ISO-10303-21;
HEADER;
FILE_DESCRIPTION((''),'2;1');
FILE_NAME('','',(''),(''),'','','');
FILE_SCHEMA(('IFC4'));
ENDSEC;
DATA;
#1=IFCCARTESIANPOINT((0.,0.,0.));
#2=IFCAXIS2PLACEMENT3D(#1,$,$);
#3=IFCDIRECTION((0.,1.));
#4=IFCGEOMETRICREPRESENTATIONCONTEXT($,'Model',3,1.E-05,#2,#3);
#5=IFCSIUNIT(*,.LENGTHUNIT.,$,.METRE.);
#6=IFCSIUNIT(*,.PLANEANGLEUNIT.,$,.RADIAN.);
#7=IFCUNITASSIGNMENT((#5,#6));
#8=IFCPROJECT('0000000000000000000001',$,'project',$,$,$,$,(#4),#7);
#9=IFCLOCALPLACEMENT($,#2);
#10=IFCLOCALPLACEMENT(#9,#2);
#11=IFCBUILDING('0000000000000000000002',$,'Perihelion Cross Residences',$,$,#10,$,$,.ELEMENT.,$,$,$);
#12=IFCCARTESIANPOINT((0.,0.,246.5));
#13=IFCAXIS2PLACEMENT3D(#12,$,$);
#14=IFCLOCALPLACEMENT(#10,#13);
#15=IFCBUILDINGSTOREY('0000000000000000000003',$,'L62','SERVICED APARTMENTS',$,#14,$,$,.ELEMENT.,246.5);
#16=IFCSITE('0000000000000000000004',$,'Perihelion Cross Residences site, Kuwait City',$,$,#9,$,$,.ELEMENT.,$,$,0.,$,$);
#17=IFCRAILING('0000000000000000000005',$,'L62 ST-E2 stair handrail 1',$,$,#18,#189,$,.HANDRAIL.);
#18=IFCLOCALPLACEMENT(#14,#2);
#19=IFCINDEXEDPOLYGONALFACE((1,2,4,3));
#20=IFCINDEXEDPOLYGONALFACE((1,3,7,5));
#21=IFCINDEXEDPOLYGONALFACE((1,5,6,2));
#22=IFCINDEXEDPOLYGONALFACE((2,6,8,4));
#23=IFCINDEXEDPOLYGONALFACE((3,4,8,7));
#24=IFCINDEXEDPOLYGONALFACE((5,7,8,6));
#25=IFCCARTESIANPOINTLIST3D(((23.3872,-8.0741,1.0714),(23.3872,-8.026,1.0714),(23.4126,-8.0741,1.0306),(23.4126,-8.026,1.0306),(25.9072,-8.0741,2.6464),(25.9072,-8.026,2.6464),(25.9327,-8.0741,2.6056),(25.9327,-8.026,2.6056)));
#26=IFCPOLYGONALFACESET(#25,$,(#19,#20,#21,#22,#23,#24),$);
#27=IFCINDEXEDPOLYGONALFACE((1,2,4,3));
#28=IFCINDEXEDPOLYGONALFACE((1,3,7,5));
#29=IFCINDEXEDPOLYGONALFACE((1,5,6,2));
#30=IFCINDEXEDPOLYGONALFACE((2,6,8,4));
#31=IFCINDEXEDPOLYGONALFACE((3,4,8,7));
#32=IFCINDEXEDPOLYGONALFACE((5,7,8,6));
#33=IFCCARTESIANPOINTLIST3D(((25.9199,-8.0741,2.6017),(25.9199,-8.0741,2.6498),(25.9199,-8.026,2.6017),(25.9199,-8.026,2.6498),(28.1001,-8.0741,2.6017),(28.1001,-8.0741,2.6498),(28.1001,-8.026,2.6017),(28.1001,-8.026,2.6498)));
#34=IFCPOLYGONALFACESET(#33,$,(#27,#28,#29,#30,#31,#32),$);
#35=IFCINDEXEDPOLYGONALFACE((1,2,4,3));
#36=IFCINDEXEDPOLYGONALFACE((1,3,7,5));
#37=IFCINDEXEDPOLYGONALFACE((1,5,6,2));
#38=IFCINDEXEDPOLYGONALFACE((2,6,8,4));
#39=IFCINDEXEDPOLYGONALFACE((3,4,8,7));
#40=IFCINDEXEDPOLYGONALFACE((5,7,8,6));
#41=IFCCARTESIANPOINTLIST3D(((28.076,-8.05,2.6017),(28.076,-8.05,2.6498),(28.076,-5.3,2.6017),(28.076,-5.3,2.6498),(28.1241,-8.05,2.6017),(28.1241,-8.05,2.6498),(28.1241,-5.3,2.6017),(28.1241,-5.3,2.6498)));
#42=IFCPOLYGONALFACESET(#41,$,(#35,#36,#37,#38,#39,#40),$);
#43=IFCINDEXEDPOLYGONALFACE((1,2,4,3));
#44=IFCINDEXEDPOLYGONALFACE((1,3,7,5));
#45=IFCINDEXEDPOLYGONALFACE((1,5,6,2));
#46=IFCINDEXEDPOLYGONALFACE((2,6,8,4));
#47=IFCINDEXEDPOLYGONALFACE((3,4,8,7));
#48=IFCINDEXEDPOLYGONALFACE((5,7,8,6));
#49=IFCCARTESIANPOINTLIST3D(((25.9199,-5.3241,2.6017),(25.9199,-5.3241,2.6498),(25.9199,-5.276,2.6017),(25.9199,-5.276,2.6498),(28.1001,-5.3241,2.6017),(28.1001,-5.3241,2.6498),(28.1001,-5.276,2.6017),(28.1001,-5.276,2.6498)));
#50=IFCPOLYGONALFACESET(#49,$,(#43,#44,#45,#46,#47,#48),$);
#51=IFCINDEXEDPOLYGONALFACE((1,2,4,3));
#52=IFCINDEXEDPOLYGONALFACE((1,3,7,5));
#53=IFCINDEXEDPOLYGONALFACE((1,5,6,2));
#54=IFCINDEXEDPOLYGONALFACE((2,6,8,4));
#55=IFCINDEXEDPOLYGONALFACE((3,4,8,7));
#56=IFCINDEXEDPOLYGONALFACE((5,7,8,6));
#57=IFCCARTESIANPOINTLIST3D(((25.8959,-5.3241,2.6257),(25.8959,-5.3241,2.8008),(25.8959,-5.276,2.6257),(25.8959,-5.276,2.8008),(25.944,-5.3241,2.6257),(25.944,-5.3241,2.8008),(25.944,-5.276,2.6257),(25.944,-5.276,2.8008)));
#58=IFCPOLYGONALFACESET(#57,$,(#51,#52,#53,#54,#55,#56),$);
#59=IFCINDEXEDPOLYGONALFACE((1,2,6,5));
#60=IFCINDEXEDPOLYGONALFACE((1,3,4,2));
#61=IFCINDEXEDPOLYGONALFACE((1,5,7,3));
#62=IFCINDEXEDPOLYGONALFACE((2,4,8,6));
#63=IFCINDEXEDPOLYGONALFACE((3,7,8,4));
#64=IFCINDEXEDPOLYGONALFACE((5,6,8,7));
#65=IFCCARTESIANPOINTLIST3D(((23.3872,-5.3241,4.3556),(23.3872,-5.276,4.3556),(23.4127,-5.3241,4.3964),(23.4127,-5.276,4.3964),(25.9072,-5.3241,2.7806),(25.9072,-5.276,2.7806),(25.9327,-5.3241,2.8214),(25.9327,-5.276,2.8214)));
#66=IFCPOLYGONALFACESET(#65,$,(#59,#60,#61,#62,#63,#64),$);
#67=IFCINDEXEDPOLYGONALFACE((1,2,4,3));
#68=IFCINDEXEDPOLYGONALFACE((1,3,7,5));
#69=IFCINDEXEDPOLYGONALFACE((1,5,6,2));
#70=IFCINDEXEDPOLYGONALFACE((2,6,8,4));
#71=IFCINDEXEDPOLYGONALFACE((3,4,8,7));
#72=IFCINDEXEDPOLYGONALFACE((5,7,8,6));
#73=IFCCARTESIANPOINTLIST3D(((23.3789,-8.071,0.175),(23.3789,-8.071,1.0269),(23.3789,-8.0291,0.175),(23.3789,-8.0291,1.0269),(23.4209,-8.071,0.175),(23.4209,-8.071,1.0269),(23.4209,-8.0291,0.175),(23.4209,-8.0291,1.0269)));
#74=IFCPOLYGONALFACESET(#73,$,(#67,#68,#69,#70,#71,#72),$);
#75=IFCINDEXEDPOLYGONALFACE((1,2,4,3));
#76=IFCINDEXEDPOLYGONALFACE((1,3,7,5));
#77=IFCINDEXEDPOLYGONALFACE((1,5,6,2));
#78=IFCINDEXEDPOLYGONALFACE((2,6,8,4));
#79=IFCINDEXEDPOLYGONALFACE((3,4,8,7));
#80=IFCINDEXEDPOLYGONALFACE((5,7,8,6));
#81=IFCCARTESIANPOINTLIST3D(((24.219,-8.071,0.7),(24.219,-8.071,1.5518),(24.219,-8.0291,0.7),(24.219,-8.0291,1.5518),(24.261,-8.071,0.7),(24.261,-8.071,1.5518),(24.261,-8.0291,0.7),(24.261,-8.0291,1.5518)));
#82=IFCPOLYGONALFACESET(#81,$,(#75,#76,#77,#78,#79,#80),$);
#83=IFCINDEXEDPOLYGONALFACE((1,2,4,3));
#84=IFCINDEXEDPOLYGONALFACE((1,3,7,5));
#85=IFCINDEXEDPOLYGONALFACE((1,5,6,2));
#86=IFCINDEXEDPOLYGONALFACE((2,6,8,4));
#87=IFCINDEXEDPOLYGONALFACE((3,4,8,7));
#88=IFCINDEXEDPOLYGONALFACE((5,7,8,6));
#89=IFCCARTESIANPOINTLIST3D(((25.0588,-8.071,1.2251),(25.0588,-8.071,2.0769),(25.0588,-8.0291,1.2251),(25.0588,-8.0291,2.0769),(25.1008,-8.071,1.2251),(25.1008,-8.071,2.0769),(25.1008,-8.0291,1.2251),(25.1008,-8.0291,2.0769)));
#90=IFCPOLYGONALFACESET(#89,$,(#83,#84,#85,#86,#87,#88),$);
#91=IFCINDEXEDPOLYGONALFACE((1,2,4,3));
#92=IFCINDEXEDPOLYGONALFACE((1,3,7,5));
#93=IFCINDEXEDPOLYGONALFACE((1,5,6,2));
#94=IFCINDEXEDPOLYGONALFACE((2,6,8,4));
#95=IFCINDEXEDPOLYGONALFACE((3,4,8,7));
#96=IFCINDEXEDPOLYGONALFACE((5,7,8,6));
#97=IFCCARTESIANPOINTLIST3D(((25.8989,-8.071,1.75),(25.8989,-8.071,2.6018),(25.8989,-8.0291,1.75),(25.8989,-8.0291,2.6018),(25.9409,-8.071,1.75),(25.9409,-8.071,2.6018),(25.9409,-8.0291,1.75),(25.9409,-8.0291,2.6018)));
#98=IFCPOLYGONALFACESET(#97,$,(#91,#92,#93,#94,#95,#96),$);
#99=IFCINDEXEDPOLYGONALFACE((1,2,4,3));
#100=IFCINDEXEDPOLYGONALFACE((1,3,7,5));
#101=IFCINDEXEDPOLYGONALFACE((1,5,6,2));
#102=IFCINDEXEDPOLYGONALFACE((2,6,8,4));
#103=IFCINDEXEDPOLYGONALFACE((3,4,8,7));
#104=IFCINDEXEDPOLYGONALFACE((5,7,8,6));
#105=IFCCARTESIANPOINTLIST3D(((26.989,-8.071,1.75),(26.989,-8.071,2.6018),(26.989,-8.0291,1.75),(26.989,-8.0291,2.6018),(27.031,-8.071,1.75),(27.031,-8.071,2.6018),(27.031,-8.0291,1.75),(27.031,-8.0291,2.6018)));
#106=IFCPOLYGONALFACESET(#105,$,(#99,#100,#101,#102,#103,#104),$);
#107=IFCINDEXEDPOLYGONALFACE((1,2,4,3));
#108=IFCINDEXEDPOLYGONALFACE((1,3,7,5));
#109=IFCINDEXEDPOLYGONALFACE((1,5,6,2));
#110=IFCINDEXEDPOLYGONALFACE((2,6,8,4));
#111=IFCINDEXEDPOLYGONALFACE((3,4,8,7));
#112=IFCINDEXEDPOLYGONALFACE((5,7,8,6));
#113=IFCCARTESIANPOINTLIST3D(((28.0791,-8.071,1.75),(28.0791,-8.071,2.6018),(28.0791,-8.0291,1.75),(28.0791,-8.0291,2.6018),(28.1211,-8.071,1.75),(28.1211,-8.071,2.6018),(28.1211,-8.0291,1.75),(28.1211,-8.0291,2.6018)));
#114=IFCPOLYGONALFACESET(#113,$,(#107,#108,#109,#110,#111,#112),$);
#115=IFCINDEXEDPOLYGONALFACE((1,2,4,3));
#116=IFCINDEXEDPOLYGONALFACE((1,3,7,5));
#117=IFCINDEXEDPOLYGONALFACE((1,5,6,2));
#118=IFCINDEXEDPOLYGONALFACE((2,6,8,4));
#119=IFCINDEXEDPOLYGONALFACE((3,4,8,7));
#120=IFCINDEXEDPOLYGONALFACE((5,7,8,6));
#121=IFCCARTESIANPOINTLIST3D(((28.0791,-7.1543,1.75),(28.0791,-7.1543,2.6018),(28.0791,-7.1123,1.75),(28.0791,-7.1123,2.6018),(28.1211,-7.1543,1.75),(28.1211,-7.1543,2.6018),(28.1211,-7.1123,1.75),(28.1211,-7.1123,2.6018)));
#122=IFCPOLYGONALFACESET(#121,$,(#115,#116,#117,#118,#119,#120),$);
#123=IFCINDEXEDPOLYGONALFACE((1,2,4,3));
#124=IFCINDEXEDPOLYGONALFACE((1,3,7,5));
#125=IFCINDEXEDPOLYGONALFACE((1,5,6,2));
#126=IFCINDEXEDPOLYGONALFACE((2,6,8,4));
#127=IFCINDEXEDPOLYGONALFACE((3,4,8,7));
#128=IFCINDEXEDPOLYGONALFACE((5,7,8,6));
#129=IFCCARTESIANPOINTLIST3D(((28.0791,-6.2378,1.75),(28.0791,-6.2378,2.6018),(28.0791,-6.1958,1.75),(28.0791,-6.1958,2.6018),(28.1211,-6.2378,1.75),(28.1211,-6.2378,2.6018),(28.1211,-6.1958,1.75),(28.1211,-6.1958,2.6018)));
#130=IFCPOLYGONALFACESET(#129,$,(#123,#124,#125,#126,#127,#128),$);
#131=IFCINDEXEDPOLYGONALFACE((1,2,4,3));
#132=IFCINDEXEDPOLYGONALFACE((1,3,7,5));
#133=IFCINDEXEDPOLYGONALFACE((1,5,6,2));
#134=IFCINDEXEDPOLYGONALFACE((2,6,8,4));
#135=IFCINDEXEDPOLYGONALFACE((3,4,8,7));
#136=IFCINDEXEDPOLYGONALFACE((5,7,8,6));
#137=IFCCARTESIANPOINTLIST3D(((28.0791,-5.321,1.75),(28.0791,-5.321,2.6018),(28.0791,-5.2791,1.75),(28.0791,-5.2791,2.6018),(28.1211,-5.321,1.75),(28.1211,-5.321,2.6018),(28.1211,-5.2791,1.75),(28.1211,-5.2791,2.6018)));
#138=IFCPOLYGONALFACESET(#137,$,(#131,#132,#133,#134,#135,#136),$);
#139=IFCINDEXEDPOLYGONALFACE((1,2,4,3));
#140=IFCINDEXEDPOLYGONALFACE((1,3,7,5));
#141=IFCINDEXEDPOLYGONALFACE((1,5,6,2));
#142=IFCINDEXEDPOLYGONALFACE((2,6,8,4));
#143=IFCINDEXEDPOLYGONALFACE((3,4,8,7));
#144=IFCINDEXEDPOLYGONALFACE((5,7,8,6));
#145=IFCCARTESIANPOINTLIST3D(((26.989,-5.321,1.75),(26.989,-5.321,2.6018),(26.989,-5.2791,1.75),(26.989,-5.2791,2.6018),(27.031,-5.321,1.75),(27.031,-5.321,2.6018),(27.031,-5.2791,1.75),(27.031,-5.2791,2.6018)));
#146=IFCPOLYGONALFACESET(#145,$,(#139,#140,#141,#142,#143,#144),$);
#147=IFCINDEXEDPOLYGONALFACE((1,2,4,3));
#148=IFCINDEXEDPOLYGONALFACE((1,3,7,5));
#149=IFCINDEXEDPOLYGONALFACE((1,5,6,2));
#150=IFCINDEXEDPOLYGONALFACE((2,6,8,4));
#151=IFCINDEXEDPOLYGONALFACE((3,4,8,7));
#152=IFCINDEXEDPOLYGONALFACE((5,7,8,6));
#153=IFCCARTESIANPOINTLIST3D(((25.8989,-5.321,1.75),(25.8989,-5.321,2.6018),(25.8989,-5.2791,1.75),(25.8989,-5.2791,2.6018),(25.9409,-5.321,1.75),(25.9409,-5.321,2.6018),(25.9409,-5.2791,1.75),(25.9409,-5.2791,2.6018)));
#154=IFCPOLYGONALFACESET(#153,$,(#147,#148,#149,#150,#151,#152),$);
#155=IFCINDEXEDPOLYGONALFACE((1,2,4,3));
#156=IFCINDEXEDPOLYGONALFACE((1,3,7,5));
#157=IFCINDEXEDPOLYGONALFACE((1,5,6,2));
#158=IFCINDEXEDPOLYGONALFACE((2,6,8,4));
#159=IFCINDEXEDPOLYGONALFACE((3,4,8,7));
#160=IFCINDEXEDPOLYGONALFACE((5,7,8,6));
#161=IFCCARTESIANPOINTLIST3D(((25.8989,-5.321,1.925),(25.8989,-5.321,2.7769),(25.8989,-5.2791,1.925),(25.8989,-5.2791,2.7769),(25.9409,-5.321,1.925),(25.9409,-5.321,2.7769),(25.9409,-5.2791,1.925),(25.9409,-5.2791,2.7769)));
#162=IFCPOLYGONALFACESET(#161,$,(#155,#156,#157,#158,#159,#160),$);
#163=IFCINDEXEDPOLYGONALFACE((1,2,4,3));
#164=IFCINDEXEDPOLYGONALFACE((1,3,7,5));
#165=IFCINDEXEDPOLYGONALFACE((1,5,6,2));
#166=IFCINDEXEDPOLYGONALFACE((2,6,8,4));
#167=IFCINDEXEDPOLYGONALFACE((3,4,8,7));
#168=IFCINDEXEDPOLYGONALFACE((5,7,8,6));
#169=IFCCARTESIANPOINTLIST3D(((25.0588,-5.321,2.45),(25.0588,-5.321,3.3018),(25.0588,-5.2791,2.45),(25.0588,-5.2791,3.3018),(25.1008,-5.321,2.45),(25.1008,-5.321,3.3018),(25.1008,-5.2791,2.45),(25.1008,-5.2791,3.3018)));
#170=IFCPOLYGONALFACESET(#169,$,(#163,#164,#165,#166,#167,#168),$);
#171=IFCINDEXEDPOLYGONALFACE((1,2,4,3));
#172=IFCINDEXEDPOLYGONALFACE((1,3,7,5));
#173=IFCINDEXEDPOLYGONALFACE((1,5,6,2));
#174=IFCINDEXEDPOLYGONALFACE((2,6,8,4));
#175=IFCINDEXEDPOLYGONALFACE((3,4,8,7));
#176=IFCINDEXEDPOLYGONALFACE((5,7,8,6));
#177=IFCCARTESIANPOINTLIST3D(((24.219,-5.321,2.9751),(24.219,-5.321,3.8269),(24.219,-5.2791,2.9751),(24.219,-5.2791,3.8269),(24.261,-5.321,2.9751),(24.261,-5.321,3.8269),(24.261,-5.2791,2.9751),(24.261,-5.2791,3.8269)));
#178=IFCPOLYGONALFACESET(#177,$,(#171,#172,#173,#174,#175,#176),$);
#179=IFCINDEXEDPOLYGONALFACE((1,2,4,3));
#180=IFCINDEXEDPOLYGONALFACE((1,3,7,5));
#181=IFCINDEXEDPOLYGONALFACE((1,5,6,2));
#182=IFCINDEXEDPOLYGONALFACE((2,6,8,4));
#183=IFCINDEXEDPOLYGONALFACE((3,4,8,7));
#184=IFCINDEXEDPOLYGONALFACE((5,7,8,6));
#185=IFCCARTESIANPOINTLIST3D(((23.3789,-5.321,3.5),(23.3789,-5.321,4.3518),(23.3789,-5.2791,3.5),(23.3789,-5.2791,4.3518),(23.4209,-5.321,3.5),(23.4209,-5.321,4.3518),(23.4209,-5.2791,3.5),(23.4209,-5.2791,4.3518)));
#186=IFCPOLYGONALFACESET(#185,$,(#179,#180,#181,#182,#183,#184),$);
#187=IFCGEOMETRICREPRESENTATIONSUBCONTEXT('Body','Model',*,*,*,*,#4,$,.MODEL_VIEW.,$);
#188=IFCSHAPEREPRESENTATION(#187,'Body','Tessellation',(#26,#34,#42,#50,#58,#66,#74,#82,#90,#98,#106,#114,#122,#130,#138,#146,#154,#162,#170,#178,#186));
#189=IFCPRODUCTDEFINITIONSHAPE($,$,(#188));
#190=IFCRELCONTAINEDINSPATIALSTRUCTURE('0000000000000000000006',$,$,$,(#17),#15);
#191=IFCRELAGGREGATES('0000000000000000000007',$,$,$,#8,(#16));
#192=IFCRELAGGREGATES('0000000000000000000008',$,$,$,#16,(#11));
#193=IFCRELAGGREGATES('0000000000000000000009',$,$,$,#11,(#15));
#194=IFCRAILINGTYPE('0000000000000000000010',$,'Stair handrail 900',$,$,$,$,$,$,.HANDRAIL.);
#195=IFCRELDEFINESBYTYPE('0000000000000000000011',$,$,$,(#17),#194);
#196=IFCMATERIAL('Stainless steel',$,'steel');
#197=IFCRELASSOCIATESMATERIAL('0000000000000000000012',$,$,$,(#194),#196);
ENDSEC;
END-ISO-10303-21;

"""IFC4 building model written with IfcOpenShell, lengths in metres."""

from ifc_helpers import new_model, si_unit, direction, frame, origin, origin_2d, place, context, subcontext, project, spatial, rectangle, extrude, material, type_object, element, save


model = new_model("IFC4")

# Units and contexts
model_context = context("Model", 3, precision=1e-05, world=origin(), true_north=direction((0.0, 1.0)))
body_context = subcontext(model_context, "Body", "Model", "MODEL_VIEW")
ifc_project = project(units=[si_unit("LENGTHUNIT", "METRE"), si_unit("PLANEANGLEUNIT", "RADIAN")], contexts=[model_context])

# Site, building, storey
site_placement = place(None, origin())
site = spatial("IfcSite", under=ifc_project, at=site_placement, Name="Perihelion Cross Residences site, Kuwait City", CompositionType="ELEMENT", RefElevation=0.0)
building_placement = place(site_placement, origin())
building = spatial("IfcBuilding", under=site, at=building_placement, Name="Perihelion Cross Residences", CompositionType="ELEMENT")
storey_placement = place(building_placement, frame((0.0, 0.0, 246.5)))
storey = spatial("IfcBuildingStorey", under=building, at=storey_placement, Name="L62", Description="SERVICED APARTMENTS", CompositionType="ELEMENT", Elevation=246.5)

# Railing
ifc_material_1 = material(Name="Stainless steel", Category="steel")
railing_type_1 = type_object("IfcRailingType", Name="Stair handrail 900", PredefinedType="HANDRAIL", material=ifc_material_1)
railing_1_placement = place(storey_placement, frame((23.3999, -8.05, 0.175)))
element("IfcRailing", 1, at=railing_1_placement, inside=storey, type_object=railing_type_1, Name="L62 ST-E2 stair handrail 1", PredefinedType="HANDRAIL", context=body_context, shape_type="SweptSolid", body=[
    extrude(rectangle(XDim=0.0481, YDim=0.0481, at=origin_2d()), frame((0.0, 0.0, 0.876), z_axis=(0.848008, 0.0, 0.529984), x_axis=(0.0, 1.0, 0.0)), (0.0, 0.0, 1.0), 2.9717),
    extrude(rectangle(XDim=0.0481, YDim=0.0481, at=origin_2d()), frame((2.52, 0.0, 2.4507), z_axis=(1.0, 0.0, 0.0), x_axis=(0.0, 1.0, 0.0)), (0.0, 0.0, 1.0), 2.1802),
    extrude(rectangle(XDim=0.0481, YDim=0.0481, at=origin_2d()), frame((4.7002, 0.0, 2.4507), z_axis=(0.0, 1.0, 0.0), x_axis=(-1.0, 0.0, 0.0)), (0.0, 0.0, 1.0), 2.75),
    extrude(rectangle(XDim=0.0481, YDim=0.0481, at=origin_2d()), frame((4.7002, 2.75, 2.4507), z_axis=(-1.0, 0.0, 0.0), x_axis=(0.0, -1.0, 0.0)), (0.0, 0.0, 1.0), 2.1802),
    extrude(rectangle(XDim=0.0481, YDim=0.0481, at=origin_2d()), frame((2.52, 2.75, 2.4507), z_axis=(0.0, 0.0, 1.0), x_axis=(1.0, 0.0, 0.0)), (0.0, 0.0, 1.0), 0.175),
    extrude(rectangle(XDim=0.0481, YDim=0.0481, at=origin_2d()), frame((2.52, 2.75, 2.626), z_axis=(-0.848008, 0.0, 0.529984), x_axis=(0.0, -1.0, 0.0)), (0.0, 0.0, 1.0), 2.9717),
    extrude(rectangle(XDim=0.042, YDim=0.042, at=origin_2d()), origin(), (0.0, 0.0, 1.0), 0.8518),
    extrude(rectangle(XDim=0.042, YDim=0.042, at=origin_2d()), frame((0.8401, 0.0, 0.5249)), (0.0, 0.0, 1.0), 0.8518),
    extrude(rectangle(XDim=0.042, YDim=0.042, at=origin_2d()), frame((1.6799, 0.0, 1.05)), (0.0, 0.0, 1.0), 0.8518),
    extrude(rectangle(XDim=0.042, YDim=0.042, at=origin_2d()), frame((2.52, 0.0, 1.575)), (0.0, 0.0, 1.0), 0.8518),
    extrude(rectangle(XDim=0.042, YDim=0.042, at=origin_2d()), frame((3.6101, 0.0, 1.575)), (0.0, 0.0, 1.0), 0.8518),
    extrude(rectangle(XDim=0.042, YDim=0.042, at=origin_2d()), frame((4.7002, 0.0, 1.575)), (0.0, 0.0, 1.0), 0.8518),
    extrude(rectangle(XDim=0.042, YDim=0.042, at=origin_2d()), frame((4.7002, 0.9167, 1.575)), (0.0, 0.0, 1.0), 0.8518),
    extrude(rectangle(XDim=0.042, YDim=0.042, at=origin_2d()), frame((4.7002, 1.8333, 1.575)), (0.0, 0.0, 1.0), 0.8518),
    extrude(rectangle(XDim=0.042, YDim=0.042, at=origin_2d()), frame((4.7002, 2.75, 1.575)), (0.0, 0.0, 1.0), 0.8518),
    extrude(rectangle(XDim=0.042, YDim=0.042, at=origin_2d()), frame((3.6101, 2.75, 1.575)), (0.0, 0.0, 1.0), 0.8518),
    extrude(rectangle(XDim=0.042, YDim=0.042, at=origin_2d()), frame((2.52, 2.75, 1.575)), (0.0, 0.0, 1.0), 0.8518),
    extrude(rectangle(XDim=0.042, YDim=0.042, at=origin_2d()), frame((2.52, 2.75, 1.75)), (0.0, 0.0, 1.0), 0.8518),
    extrude(rectangle(XDim=0.042, YDim=0.042, at=origin_2d()), frame((1.6799, 2.75, 2.2749)), (0.0, 0.0, 1.0), 0.8518),
    extrude(rectangle(XDim=0.042, YDim=0.042, at=origin_2d()), frame((0.8401, 2.75, 2.8)), (0.0, 0.0, 1.0), 0.8518),
    extrude(rectangle(XDim=0.042, YDim=0.042, at=origin_2d()), frame((0.0, 2.75, 3.325)), (0.0, 0.0, 1.0), 0.8518),
])

save(model, "model.ifc")
